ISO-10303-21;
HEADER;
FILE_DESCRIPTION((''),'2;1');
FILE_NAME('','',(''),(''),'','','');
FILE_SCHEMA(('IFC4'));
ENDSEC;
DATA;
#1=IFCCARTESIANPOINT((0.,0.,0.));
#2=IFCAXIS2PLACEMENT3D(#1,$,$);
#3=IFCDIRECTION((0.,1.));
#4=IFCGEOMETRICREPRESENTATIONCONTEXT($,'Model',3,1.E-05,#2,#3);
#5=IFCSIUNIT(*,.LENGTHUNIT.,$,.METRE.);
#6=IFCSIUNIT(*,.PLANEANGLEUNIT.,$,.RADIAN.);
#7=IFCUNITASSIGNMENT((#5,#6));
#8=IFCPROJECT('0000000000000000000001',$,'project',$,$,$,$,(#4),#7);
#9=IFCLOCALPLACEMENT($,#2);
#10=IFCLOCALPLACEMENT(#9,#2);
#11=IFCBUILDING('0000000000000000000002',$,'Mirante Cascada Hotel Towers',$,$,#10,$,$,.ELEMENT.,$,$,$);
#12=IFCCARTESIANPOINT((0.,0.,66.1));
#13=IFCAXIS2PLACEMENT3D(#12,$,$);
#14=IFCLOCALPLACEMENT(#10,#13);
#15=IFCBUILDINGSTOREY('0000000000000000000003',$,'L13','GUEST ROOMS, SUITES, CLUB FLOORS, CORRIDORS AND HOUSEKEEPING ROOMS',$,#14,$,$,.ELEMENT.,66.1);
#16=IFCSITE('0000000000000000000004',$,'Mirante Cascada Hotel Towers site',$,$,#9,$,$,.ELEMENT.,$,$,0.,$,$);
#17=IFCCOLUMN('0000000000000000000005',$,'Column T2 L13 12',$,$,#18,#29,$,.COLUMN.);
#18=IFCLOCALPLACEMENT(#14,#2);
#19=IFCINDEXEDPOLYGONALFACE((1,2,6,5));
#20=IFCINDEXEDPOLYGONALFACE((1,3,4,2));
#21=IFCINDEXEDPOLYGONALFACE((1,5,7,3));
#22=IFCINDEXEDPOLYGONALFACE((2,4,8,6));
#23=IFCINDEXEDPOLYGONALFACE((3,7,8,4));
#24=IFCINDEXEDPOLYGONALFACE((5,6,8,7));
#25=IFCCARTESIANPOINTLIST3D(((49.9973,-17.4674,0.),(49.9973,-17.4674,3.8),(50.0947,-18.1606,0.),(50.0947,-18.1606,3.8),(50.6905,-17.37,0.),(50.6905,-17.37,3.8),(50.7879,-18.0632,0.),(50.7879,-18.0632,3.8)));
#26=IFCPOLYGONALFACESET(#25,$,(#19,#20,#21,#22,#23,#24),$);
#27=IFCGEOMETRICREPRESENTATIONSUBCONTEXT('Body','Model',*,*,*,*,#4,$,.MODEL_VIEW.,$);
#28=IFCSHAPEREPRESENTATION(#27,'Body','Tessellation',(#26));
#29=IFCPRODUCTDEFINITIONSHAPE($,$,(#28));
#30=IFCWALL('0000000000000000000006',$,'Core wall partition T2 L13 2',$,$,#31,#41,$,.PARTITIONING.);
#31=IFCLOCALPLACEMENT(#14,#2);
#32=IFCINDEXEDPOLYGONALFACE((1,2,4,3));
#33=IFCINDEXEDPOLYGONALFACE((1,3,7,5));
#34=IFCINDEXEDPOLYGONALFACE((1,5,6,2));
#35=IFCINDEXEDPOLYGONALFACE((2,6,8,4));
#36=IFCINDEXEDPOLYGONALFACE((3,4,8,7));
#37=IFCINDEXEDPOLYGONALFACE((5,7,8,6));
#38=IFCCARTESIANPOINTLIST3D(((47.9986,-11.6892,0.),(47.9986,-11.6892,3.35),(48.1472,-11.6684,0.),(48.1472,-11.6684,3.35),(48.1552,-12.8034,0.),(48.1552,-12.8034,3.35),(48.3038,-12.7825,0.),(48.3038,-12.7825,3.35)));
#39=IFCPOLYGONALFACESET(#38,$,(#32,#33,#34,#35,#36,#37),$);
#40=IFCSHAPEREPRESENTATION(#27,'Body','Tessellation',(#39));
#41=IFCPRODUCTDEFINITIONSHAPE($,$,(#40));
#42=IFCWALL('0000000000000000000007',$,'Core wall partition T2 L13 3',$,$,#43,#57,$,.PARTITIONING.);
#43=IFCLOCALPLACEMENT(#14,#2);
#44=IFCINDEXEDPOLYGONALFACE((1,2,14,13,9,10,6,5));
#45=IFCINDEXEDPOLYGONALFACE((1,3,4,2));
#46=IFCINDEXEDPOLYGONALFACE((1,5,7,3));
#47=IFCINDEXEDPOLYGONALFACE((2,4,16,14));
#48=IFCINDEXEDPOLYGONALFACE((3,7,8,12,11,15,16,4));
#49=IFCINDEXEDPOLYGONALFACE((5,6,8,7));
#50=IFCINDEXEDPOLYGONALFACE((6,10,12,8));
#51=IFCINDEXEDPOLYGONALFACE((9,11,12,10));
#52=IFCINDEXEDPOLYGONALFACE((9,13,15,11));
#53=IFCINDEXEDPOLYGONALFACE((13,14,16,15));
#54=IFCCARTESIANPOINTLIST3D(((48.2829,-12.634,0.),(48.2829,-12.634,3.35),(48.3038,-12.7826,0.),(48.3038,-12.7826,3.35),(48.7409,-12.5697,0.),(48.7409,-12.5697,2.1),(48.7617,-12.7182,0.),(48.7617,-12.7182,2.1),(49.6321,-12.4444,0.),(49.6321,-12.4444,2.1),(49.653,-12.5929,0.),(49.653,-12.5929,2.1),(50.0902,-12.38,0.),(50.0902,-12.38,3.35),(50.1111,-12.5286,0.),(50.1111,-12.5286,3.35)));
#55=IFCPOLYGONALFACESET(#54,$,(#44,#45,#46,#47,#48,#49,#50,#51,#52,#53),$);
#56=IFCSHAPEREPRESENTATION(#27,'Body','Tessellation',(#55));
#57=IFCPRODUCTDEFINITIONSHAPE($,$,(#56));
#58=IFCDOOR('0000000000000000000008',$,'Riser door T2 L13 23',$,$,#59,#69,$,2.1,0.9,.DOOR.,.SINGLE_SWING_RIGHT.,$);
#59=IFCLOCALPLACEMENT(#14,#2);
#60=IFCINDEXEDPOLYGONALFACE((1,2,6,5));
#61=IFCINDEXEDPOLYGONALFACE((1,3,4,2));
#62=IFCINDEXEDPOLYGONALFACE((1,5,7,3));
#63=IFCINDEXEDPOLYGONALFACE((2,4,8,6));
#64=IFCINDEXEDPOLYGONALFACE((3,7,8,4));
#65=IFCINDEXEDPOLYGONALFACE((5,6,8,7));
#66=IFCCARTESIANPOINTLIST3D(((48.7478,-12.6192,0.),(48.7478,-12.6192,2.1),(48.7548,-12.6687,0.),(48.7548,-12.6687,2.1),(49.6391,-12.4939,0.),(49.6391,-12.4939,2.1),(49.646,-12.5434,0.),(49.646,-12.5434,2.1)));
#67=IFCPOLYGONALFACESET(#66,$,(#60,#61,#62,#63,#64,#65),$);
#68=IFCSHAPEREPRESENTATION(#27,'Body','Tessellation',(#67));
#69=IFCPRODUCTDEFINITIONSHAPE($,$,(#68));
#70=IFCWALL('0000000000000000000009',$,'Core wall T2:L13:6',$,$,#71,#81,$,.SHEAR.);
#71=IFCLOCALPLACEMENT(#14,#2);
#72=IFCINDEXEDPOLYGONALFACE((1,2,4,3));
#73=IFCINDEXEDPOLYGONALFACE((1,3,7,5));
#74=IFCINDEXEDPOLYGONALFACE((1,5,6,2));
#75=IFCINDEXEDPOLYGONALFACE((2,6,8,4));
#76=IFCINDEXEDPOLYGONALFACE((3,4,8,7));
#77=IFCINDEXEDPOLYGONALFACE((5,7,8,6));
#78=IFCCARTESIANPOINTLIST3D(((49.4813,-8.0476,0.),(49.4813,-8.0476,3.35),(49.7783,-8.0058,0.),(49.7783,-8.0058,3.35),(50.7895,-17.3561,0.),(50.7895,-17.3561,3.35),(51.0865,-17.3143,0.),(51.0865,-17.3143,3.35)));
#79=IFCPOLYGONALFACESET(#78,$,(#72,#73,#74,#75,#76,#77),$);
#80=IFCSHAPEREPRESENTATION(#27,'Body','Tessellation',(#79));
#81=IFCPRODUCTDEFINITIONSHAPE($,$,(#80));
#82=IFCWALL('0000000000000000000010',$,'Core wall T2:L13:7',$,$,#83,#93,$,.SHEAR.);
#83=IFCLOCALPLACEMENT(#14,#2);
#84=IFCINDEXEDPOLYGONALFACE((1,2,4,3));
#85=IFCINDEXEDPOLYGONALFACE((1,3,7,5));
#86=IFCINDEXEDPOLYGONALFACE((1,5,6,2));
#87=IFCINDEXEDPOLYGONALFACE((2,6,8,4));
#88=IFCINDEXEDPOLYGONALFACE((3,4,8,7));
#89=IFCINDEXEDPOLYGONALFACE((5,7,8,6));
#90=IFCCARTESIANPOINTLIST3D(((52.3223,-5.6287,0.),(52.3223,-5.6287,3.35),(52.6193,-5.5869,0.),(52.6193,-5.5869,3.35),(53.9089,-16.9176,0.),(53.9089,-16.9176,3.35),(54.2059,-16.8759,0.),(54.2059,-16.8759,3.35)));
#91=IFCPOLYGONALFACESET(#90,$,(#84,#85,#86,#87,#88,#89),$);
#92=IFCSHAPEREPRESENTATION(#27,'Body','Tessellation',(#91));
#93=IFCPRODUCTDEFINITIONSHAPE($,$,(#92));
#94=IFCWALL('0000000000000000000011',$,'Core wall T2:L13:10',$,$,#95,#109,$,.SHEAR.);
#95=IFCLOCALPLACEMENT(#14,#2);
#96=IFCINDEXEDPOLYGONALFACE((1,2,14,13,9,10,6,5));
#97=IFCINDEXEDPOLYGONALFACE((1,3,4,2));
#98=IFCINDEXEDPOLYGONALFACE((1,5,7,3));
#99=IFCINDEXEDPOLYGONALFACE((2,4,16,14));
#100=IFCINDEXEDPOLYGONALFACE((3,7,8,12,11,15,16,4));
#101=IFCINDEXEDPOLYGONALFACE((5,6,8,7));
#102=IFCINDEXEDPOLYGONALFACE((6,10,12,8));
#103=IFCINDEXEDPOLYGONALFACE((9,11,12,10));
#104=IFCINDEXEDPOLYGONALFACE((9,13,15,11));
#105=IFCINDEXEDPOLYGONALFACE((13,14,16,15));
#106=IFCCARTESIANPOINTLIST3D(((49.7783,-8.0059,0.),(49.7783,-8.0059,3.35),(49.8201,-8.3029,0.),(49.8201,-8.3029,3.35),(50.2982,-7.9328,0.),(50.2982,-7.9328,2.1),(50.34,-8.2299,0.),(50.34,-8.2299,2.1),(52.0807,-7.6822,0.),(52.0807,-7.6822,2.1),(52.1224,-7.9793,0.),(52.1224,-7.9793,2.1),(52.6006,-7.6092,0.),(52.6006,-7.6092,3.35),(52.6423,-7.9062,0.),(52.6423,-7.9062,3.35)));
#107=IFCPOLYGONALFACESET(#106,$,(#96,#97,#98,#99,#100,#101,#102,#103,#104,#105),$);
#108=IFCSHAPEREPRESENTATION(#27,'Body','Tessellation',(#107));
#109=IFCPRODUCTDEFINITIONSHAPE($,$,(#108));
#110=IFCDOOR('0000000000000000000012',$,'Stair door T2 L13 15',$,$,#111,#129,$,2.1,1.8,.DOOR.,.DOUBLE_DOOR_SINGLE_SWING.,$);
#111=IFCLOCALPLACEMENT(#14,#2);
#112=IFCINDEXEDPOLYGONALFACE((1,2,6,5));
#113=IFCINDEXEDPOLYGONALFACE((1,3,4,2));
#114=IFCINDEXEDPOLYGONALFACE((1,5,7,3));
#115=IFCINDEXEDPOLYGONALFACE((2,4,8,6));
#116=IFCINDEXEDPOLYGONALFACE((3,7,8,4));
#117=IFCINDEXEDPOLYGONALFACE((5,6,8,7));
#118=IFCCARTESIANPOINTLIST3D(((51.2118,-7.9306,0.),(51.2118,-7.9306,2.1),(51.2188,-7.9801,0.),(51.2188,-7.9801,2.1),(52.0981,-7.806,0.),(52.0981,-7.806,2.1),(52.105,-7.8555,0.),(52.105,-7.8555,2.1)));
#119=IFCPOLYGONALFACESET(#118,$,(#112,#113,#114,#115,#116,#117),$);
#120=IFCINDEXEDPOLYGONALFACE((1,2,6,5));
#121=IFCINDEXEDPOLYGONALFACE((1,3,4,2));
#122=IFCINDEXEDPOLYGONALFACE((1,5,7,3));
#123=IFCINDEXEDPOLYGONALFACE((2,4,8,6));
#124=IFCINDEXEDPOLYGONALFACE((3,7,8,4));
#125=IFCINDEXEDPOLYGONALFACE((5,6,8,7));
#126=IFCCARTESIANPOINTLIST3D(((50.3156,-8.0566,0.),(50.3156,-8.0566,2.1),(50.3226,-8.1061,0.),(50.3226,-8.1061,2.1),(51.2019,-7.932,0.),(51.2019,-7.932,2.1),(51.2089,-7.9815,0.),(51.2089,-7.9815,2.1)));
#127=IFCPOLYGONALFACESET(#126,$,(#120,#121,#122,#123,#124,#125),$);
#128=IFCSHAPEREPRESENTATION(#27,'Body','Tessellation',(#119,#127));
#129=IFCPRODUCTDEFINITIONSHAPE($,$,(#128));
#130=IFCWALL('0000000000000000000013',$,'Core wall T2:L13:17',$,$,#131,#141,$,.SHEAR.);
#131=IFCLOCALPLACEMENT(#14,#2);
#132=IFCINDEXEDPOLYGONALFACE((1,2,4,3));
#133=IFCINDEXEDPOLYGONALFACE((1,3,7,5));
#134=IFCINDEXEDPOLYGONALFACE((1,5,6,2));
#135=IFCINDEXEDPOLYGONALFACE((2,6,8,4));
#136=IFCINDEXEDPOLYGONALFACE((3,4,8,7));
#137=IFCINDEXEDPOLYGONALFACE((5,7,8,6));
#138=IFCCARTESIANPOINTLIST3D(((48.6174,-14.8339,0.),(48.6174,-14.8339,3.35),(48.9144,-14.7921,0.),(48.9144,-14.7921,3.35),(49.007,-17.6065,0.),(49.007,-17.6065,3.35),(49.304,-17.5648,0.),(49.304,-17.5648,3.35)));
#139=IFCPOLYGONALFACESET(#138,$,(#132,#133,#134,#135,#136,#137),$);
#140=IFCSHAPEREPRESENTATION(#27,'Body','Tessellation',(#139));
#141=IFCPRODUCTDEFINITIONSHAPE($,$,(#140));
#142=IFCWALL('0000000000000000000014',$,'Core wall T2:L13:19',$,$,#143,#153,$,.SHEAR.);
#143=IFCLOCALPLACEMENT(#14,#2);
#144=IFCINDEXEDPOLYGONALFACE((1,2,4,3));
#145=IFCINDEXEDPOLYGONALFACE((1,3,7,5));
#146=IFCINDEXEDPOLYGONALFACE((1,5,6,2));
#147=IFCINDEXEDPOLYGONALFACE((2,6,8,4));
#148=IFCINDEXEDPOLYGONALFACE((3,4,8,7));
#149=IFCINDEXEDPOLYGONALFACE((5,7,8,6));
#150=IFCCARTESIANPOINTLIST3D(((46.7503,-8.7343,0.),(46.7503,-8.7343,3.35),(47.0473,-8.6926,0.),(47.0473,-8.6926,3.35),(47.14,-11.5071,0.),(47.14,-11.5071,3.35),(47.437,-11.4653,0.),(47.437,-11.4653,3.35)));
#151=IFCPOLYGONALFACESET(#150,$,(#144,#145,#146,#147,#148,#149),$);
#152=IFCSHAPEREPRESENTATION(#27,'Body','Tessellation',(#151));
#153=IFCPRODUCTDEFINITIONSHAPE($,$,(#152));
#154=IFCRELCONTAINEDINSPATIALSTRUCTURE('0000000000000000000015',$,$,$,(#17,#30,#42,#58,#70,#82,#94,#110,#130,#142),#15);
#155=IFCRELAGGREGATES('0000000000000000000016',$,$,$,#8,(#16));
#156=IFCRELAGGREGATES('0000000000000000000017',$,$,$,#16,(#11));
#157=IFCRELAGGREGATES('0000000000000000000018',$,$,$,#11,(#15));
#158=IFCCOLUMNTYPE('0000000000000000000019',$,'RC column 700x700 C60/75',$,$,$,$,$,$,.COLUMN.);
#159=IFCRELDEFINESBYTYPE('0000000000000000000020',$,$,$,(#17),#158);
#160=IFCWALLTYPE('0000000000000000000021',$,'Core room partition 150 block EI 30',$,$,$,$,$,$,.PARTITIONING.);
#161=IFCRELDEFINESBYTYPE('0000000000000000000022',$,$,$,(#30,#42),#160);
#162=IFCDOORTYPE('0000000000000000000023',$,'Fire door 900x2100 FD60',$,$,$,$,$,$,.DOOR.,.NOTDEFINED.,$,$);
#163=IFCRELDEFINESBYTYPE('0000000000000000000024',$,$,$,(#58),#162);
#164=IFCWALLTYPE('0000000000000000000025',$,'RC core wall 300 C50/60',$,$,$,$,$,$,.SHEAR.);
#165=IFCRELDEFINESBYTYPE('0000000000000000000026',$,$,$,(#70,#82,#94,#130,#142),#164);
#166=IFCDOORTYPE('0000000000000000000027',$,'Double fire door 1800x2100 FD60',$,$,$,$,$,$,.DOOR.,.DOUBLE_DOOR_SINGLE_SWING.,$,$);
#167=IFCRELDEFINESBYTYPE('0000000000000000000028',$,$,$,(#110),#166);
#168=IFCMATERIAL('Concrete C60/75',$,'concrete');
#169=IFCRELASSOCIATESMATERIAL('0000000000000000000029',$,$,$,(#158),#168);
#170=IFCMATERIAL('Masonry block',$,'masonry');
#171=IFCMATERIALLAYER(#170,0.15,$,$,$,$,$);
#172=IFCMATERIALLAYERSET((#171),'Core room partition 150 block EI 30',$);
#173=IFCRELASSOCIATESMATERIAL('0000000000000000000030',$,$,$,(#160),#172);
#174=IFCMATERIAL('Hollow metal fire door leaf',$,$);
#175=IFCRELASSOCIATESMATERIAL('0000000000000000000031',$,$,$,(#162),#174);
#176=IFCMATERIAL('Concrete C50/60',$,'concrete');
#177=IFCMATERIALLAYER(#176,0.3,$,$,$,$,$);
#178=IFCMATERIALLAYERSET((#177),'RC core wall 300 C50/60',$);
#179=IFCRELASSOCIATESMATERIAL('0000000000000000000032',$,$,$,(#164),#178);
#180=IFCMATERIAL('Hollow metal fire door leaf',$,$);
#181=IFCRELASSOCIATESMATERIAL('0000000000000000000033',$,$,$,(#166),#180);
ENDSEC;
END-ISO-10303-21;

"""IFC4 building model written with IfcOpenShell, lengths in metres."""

from ifc_helpers import new_model, si_unit, direction, frame, frame_2d, origin, origin_2d, place, context, subcontext, project, spatial, rectangle, extrude, material, layer, layer_set, material_profile, profile_set, type_object, element, fill, save


model = new_model("IFC4")

# Units and contexts
model_context = context("Model", 3, precision=1e-05, world=origin(), true_north=direction((0.0, 1.0)))
body_context = subcontext(model_context, "Body", "Model", "MODEL_VIEW")
ifc_project = project(units=[si_unit("LENGTHUNIT", "METRE"), si_unit("PLANEANGLEUNIT", "RADIAN")], contexts=[model_context])

# Site, building, storey
site_placement = place(None, origin())
site = spatial("IfcSite", under=ifc_project, at=site_placement, Name="Mirante Cascada Hotel Towers site", CompositionType="ELEMENT", RefElevation=0.0)
building_placement = place(site_placement, origin())
building = spatial("IfcBuilding", under=site, at=building_placement, Name="Mirante Cascada Hotel Towers", CompositionType="ELEMENT")
storey_placement = place(building_placement, frame((0.0, 0.0, 66.1)))
storey = spatial("IfcBuildingStorey", under=building, at=storey_placement, Name="L13", Description="GUEST ROOMS, SUITES, CLUB FLOORS, CORRIDORS AND HOUSEKEEPING ROOMS", CompositionType="ELEMENT", Elevation=66.1)

# Column
ifc_material_1 = material(Name="Concrete C60/75", Category="concrete")
ifc_material_profile = material_profile(ifc_material_1, rectangle(XDim=0.7, YDim=0.7, at=origin_2d()), Name="RC column 700x700 C60/75")
ifc_profile_set = profile_set([ifc_material_profile], Name="Concrete C60/75")
column_type = type_object("IfcColumnType", Name="RC column 700x700 C60/75", PredefinedType="COLUMN", material=ifc_profile_set)
column_placement = place(storey_placement, frame((50.3926, -17.7653, 0.0), z_axis=(0.0, 0.0, 1.0), x_axis=(0.990268, 0.139173, 0.0)))
element("IfcColumn", 1, at=column_placement, inside=storey, type_object=column_type, Name="Column T2 L13 12", PredefinedType="COLUMN", context=body_context, shape_type="SweptSolid", body=[
    extrude(rectangle(XDim=0.7, YDim=0.7, at=origin_2d()), origin(), (0.0, 0.0, 1.0), 3.8),
])

# Wall
ifc_material_2 = material(Name="Masonry block", Category="masonry")
ifc_layer_1 = layer(ifc_material_2, 0.15)
ifc_layer_set_1 = layer_set([ifc_layer_1], Name="Core room partition 150 block EI 30")
wall_type_1 = type_object("IfcWallType", Name="Core room partition 150 block EI 30", PredefinedType="PARTITIONING", material=ifc_layer_set_1)
wall_1_placement = place(storey_placement, frame((48.2295, -12.793, 0.0), z_axis=(0.0, 0.0, 1.0), x_axis=(-0.139193, 0.990265, 0.0)))
element("IfcWall", 2, at=wall_1_placement, inside=storey, type_object=wall_type_1, Name="Core wall partition T2 L13 2", PredefinedType="PARTITIONING", context=body_context, shape_type="SweptSolid", body=[
    extrude(rectangle(XDim=1.1251, YDim=0.15, at=frame_2d((0.5626, 0.0))), origin(), (0.0, 0.0, 1.0), 3.35),
])

# Wall, opening, door
wall_2_placement = place(storey_placement, frame((48.2933, -12.7083, 0.0), z_axis=(0.0, 0.0, 1.0), x_axis=(0.990268, 0.139173, 0.0)))
wall_2 = element("IfcWall", 3, at=wall_2_placement, inside=storey, type_object=wall_type_1, Name="Core wall partition T2 L13 3", PredefinedType="PARTITIONING", context=body_context, shape_type="SweptSolid", body=[
    extrude(rectangle(XDim=1.8251, YDim=0.15, at=frame_2d((0.9126, 0.0))), origin(), (0.0, 0.0, 1.0), 3.35),
])
opening_1_placement = place(wall_2_placement, frame((0.4625, 0.0, 0.0)))
opening_1 = element("IfcOpeningElement", 4, at=opening_1_placement, cuts=wall_2, PredefinedType="OPENING", context=body_context, shape_type="SweptSolid", body=[
    extrude(rectangle(XDim=0.9, YDim=2.1, at=frame_2d((0.45, 1.05))), frame((0.0, 0.075, 0.0), z_axis=(0.0, -1.0, 0.0), x_axis=(1.0, 0.0, 0.0)), (0.0, 0.0, 1.0), 0.15),
])
ifc_material_3 = material(Name="Hollow metal fire door leaf")
door_type_1 = type_object("IfcDoorType", Name="Fire door 900x2100 FD60", OperationType="NOTDEFINED", PredefinedType="DOOR", material=ifc_material_3)
door_1_placement = place(opening_1_placement, frame((0.9, 0.0, 0.0), z_axis=(0.0, 0.0, 1.0), x_axis=(-1.0, 0.0, 0.0)))
door_1 = element("IfcDoor", 5, at=door_1_placement, inside=storey, type_object=door_type_1, Name="Riser door T2 L13 23", OperationType="SINGLE_SWING_RIGHT", OverallHeight=2.1, OverallWidth=0.9, PredefinedType="DOOR", context=body_context, shape_type="SweptSolid", body=[
    extrude(rectangle(XDim=0.9, YDim=2.1, at=frame_2d((0.45, 1.05))), frame((0.0, 0.025, 0.0), z_axis=(0.0, -1.0, 0.0), x_axis=(1.0, 0.0, 0.0)), (0.0, 0.0, 1.0), 0.05),
])
fill(opening_1, door_1)

# Walls
ifc_material_4 = material(Name="Concrete C50/60", Category="concrete")
ifc_layer_2 = layer(ifc_material_4, 0.3)
ifc_layer_set_2 = layer_set([ifc_layer_2], Name="RC core wall 300 C50/60")
wall_type_2 = type_object("IfcWallType", Name="RC core wall 300 C50/60", PredefinedType="SHEAR", material=ifc_layer_set_2)
wall_3_placement = place(storey_placement, frame((50.938, -17.3352, 0.0), z_axis=(0.0, 0.0, 1.0), x_axis=(-0.139171, 0.990268, 0.0)))
element("IfcWall", 6, at=wall_3_placement, inside=storey, type_object=wall_type_2, Name="Core wall T2:L13:6", PredefinedType="SHEAR", context=body_context, shape_type="SweptSolid", body=[
    extrude(rectangle(XDim=9.4, YDim=0.3, at=frame_2d((4.7, 0.0))), origin(), (0.0, 0.0, 1.0), 3.35),
])
wall_4_placement = place(storey_placement, frame((54.0574, -16.8968, 0.0), z_axis=(0.0, 0.0, 1.0), x_axis=(-0.139176, 0.990268, 0.0)))
element("IfcWall", 7, at=wall_4_placement, inside=storey, type_object=wall_type_2, Name="Core wall T2:L13:7", PredefinedType="SHEAR", context=body_context, shape_type="SweptSolid", body=[
    extrude(rectangle(XDim=11.3999, YDim=0.3, at=frame_2d((5.7, 0.0))), origin(), (0.0, 0.0, 1.0), 3.35),
])

# Wall, opening, door
wall_5_placement = place(storey_placement, frame((49.7992, -8.1544, 0.0), z_axis=(0.0, 0.0, 1.0), x_axis=(0.990266, 0.139191, 0.0)))
wall_5 = element("IfcWall", 8, at=wall_5_placement, inside=storey, type_object=wall_type_2, Name="Core wall T2:L13:10", PredefinedType="SHEAR", context=body_context, shape_type="SweptSolid", body=[
    extrude(rectangle(XDim=2.85, YDim=0.3, at=frame_2d((1.425, 0.0))), origin(), (0.0, 0.0, 1.0), 3.35),
])
opening_2_placement = place(wall_5_placement, frame((0.525, 0.0, 0.0)))
opening_2 = element("IfcOpeningElement", 9, at=opening_2_placement, cuts=wall_5, PredefinedType="OPENING", context=body_context, shape_type="SweptSolid", body=[
    extrude(rectangle(XDim=1.8, YDim=2.1, at=frame_2d((0.9, 1.05))), frame((0.0, 0.15, 0.0), z_axis=(0.0, -1.0, 0.0), x_axis=(1.0, 0.0, 0.0)), (0.0, 0.0, 1.0), 0.3),
])
ifc_material_5 = material(Name="Hollow metal fire door leaf")
door_type_2 = type_object("IfcDoorType", Name="Double fire door 1800x2100 FD60", OperationType="DOUBLE_DOOR_SINGLE_SWING", PredefinedType="DOOR", material=ifc_material_5)
door_2_placement = place(opening_2_placement, frame((1.8, 0.0, 0.0), z_axis=(0.0, 0.0, 1.0), x_axis=(-1.0, 0.0, 0.0)))
door_2 = element("IfcDoor", 10, at=door_2_placement, inside=storey, type_object=door_type_2, Name="Stair door T2 L13 15", OperationType="DOUBLE_DOOR_SINGLE_SWING", OverallHeight=2.1, OverallWidth=1.8, PredefinedType="DOOR", context=body_context, shape_type="SweptSolid", body=[
    extrude(rectangle(XDim=0.895, YDim=2.1, at=frame_2d((0.4475, 1.05))), frame((0.0, 0.025, 0.0), z_axis=(0.0, -1.0, 0.0), x_axis=(1.0, 0.0, 0.0)), (0.0, 0.0, 1.0), 0.05),
    extrude(rectangle(XDim=0.895, YDim=2.1, at=frame_2d((1.3525, 1.05))), frame((0.0, 0.025, 0.0), z_axis=(0.0, -1.0, 0.0), x_axis=(1.0, 0.0, 0.0)), (0.0, 0.0, 1.0), 0.05),
])
fill(opening_2, door_2)

# Walls
wall_6_placement = place(storey_placement, frame((49.1555, -17.5857, 0.0), z_axis=(0.0, 0.0, 1.0), x_axis=(-0.139146, 0.990272, 0.0)))
element("IfcWall", 11, at=wall_6_placement, inside=storey, type_object=wall_type_2, Name="Core wall T2:L13:17", PredefinedType="SHEAR", context=body_context, shape_type="SweptSolid", body=[
    extrude(rectangle(XDim=2.7999, YDim=0.3, at=frame_2d((1.4, 0.0))), origin(), (0.0, 0.0, 1.0), 3.35),
])
wall_7_placement = place(storey_placement, frame((47.2885, -11.4862, 0.0), z_axis=(0.0, 0.0, 1.0), x_axis=(-0.139181, 0.990267, 0.0)))
element("IfcWall", 12, at=wall_7_placement, inside=storey, type_object=wall_type_2, Name="Core wall T2:L13:19", PredefinedType="SHEAR", context=body_context, shape_type="SweptSolid", body=[
    extrude(rectangle(XDim=2.8, YDim=0.3, at=frame_2d((1.4, 0.0))), origin(), (0.0, 0.0, 1.0), 3.35),
])

save(model, "model.ifc")
